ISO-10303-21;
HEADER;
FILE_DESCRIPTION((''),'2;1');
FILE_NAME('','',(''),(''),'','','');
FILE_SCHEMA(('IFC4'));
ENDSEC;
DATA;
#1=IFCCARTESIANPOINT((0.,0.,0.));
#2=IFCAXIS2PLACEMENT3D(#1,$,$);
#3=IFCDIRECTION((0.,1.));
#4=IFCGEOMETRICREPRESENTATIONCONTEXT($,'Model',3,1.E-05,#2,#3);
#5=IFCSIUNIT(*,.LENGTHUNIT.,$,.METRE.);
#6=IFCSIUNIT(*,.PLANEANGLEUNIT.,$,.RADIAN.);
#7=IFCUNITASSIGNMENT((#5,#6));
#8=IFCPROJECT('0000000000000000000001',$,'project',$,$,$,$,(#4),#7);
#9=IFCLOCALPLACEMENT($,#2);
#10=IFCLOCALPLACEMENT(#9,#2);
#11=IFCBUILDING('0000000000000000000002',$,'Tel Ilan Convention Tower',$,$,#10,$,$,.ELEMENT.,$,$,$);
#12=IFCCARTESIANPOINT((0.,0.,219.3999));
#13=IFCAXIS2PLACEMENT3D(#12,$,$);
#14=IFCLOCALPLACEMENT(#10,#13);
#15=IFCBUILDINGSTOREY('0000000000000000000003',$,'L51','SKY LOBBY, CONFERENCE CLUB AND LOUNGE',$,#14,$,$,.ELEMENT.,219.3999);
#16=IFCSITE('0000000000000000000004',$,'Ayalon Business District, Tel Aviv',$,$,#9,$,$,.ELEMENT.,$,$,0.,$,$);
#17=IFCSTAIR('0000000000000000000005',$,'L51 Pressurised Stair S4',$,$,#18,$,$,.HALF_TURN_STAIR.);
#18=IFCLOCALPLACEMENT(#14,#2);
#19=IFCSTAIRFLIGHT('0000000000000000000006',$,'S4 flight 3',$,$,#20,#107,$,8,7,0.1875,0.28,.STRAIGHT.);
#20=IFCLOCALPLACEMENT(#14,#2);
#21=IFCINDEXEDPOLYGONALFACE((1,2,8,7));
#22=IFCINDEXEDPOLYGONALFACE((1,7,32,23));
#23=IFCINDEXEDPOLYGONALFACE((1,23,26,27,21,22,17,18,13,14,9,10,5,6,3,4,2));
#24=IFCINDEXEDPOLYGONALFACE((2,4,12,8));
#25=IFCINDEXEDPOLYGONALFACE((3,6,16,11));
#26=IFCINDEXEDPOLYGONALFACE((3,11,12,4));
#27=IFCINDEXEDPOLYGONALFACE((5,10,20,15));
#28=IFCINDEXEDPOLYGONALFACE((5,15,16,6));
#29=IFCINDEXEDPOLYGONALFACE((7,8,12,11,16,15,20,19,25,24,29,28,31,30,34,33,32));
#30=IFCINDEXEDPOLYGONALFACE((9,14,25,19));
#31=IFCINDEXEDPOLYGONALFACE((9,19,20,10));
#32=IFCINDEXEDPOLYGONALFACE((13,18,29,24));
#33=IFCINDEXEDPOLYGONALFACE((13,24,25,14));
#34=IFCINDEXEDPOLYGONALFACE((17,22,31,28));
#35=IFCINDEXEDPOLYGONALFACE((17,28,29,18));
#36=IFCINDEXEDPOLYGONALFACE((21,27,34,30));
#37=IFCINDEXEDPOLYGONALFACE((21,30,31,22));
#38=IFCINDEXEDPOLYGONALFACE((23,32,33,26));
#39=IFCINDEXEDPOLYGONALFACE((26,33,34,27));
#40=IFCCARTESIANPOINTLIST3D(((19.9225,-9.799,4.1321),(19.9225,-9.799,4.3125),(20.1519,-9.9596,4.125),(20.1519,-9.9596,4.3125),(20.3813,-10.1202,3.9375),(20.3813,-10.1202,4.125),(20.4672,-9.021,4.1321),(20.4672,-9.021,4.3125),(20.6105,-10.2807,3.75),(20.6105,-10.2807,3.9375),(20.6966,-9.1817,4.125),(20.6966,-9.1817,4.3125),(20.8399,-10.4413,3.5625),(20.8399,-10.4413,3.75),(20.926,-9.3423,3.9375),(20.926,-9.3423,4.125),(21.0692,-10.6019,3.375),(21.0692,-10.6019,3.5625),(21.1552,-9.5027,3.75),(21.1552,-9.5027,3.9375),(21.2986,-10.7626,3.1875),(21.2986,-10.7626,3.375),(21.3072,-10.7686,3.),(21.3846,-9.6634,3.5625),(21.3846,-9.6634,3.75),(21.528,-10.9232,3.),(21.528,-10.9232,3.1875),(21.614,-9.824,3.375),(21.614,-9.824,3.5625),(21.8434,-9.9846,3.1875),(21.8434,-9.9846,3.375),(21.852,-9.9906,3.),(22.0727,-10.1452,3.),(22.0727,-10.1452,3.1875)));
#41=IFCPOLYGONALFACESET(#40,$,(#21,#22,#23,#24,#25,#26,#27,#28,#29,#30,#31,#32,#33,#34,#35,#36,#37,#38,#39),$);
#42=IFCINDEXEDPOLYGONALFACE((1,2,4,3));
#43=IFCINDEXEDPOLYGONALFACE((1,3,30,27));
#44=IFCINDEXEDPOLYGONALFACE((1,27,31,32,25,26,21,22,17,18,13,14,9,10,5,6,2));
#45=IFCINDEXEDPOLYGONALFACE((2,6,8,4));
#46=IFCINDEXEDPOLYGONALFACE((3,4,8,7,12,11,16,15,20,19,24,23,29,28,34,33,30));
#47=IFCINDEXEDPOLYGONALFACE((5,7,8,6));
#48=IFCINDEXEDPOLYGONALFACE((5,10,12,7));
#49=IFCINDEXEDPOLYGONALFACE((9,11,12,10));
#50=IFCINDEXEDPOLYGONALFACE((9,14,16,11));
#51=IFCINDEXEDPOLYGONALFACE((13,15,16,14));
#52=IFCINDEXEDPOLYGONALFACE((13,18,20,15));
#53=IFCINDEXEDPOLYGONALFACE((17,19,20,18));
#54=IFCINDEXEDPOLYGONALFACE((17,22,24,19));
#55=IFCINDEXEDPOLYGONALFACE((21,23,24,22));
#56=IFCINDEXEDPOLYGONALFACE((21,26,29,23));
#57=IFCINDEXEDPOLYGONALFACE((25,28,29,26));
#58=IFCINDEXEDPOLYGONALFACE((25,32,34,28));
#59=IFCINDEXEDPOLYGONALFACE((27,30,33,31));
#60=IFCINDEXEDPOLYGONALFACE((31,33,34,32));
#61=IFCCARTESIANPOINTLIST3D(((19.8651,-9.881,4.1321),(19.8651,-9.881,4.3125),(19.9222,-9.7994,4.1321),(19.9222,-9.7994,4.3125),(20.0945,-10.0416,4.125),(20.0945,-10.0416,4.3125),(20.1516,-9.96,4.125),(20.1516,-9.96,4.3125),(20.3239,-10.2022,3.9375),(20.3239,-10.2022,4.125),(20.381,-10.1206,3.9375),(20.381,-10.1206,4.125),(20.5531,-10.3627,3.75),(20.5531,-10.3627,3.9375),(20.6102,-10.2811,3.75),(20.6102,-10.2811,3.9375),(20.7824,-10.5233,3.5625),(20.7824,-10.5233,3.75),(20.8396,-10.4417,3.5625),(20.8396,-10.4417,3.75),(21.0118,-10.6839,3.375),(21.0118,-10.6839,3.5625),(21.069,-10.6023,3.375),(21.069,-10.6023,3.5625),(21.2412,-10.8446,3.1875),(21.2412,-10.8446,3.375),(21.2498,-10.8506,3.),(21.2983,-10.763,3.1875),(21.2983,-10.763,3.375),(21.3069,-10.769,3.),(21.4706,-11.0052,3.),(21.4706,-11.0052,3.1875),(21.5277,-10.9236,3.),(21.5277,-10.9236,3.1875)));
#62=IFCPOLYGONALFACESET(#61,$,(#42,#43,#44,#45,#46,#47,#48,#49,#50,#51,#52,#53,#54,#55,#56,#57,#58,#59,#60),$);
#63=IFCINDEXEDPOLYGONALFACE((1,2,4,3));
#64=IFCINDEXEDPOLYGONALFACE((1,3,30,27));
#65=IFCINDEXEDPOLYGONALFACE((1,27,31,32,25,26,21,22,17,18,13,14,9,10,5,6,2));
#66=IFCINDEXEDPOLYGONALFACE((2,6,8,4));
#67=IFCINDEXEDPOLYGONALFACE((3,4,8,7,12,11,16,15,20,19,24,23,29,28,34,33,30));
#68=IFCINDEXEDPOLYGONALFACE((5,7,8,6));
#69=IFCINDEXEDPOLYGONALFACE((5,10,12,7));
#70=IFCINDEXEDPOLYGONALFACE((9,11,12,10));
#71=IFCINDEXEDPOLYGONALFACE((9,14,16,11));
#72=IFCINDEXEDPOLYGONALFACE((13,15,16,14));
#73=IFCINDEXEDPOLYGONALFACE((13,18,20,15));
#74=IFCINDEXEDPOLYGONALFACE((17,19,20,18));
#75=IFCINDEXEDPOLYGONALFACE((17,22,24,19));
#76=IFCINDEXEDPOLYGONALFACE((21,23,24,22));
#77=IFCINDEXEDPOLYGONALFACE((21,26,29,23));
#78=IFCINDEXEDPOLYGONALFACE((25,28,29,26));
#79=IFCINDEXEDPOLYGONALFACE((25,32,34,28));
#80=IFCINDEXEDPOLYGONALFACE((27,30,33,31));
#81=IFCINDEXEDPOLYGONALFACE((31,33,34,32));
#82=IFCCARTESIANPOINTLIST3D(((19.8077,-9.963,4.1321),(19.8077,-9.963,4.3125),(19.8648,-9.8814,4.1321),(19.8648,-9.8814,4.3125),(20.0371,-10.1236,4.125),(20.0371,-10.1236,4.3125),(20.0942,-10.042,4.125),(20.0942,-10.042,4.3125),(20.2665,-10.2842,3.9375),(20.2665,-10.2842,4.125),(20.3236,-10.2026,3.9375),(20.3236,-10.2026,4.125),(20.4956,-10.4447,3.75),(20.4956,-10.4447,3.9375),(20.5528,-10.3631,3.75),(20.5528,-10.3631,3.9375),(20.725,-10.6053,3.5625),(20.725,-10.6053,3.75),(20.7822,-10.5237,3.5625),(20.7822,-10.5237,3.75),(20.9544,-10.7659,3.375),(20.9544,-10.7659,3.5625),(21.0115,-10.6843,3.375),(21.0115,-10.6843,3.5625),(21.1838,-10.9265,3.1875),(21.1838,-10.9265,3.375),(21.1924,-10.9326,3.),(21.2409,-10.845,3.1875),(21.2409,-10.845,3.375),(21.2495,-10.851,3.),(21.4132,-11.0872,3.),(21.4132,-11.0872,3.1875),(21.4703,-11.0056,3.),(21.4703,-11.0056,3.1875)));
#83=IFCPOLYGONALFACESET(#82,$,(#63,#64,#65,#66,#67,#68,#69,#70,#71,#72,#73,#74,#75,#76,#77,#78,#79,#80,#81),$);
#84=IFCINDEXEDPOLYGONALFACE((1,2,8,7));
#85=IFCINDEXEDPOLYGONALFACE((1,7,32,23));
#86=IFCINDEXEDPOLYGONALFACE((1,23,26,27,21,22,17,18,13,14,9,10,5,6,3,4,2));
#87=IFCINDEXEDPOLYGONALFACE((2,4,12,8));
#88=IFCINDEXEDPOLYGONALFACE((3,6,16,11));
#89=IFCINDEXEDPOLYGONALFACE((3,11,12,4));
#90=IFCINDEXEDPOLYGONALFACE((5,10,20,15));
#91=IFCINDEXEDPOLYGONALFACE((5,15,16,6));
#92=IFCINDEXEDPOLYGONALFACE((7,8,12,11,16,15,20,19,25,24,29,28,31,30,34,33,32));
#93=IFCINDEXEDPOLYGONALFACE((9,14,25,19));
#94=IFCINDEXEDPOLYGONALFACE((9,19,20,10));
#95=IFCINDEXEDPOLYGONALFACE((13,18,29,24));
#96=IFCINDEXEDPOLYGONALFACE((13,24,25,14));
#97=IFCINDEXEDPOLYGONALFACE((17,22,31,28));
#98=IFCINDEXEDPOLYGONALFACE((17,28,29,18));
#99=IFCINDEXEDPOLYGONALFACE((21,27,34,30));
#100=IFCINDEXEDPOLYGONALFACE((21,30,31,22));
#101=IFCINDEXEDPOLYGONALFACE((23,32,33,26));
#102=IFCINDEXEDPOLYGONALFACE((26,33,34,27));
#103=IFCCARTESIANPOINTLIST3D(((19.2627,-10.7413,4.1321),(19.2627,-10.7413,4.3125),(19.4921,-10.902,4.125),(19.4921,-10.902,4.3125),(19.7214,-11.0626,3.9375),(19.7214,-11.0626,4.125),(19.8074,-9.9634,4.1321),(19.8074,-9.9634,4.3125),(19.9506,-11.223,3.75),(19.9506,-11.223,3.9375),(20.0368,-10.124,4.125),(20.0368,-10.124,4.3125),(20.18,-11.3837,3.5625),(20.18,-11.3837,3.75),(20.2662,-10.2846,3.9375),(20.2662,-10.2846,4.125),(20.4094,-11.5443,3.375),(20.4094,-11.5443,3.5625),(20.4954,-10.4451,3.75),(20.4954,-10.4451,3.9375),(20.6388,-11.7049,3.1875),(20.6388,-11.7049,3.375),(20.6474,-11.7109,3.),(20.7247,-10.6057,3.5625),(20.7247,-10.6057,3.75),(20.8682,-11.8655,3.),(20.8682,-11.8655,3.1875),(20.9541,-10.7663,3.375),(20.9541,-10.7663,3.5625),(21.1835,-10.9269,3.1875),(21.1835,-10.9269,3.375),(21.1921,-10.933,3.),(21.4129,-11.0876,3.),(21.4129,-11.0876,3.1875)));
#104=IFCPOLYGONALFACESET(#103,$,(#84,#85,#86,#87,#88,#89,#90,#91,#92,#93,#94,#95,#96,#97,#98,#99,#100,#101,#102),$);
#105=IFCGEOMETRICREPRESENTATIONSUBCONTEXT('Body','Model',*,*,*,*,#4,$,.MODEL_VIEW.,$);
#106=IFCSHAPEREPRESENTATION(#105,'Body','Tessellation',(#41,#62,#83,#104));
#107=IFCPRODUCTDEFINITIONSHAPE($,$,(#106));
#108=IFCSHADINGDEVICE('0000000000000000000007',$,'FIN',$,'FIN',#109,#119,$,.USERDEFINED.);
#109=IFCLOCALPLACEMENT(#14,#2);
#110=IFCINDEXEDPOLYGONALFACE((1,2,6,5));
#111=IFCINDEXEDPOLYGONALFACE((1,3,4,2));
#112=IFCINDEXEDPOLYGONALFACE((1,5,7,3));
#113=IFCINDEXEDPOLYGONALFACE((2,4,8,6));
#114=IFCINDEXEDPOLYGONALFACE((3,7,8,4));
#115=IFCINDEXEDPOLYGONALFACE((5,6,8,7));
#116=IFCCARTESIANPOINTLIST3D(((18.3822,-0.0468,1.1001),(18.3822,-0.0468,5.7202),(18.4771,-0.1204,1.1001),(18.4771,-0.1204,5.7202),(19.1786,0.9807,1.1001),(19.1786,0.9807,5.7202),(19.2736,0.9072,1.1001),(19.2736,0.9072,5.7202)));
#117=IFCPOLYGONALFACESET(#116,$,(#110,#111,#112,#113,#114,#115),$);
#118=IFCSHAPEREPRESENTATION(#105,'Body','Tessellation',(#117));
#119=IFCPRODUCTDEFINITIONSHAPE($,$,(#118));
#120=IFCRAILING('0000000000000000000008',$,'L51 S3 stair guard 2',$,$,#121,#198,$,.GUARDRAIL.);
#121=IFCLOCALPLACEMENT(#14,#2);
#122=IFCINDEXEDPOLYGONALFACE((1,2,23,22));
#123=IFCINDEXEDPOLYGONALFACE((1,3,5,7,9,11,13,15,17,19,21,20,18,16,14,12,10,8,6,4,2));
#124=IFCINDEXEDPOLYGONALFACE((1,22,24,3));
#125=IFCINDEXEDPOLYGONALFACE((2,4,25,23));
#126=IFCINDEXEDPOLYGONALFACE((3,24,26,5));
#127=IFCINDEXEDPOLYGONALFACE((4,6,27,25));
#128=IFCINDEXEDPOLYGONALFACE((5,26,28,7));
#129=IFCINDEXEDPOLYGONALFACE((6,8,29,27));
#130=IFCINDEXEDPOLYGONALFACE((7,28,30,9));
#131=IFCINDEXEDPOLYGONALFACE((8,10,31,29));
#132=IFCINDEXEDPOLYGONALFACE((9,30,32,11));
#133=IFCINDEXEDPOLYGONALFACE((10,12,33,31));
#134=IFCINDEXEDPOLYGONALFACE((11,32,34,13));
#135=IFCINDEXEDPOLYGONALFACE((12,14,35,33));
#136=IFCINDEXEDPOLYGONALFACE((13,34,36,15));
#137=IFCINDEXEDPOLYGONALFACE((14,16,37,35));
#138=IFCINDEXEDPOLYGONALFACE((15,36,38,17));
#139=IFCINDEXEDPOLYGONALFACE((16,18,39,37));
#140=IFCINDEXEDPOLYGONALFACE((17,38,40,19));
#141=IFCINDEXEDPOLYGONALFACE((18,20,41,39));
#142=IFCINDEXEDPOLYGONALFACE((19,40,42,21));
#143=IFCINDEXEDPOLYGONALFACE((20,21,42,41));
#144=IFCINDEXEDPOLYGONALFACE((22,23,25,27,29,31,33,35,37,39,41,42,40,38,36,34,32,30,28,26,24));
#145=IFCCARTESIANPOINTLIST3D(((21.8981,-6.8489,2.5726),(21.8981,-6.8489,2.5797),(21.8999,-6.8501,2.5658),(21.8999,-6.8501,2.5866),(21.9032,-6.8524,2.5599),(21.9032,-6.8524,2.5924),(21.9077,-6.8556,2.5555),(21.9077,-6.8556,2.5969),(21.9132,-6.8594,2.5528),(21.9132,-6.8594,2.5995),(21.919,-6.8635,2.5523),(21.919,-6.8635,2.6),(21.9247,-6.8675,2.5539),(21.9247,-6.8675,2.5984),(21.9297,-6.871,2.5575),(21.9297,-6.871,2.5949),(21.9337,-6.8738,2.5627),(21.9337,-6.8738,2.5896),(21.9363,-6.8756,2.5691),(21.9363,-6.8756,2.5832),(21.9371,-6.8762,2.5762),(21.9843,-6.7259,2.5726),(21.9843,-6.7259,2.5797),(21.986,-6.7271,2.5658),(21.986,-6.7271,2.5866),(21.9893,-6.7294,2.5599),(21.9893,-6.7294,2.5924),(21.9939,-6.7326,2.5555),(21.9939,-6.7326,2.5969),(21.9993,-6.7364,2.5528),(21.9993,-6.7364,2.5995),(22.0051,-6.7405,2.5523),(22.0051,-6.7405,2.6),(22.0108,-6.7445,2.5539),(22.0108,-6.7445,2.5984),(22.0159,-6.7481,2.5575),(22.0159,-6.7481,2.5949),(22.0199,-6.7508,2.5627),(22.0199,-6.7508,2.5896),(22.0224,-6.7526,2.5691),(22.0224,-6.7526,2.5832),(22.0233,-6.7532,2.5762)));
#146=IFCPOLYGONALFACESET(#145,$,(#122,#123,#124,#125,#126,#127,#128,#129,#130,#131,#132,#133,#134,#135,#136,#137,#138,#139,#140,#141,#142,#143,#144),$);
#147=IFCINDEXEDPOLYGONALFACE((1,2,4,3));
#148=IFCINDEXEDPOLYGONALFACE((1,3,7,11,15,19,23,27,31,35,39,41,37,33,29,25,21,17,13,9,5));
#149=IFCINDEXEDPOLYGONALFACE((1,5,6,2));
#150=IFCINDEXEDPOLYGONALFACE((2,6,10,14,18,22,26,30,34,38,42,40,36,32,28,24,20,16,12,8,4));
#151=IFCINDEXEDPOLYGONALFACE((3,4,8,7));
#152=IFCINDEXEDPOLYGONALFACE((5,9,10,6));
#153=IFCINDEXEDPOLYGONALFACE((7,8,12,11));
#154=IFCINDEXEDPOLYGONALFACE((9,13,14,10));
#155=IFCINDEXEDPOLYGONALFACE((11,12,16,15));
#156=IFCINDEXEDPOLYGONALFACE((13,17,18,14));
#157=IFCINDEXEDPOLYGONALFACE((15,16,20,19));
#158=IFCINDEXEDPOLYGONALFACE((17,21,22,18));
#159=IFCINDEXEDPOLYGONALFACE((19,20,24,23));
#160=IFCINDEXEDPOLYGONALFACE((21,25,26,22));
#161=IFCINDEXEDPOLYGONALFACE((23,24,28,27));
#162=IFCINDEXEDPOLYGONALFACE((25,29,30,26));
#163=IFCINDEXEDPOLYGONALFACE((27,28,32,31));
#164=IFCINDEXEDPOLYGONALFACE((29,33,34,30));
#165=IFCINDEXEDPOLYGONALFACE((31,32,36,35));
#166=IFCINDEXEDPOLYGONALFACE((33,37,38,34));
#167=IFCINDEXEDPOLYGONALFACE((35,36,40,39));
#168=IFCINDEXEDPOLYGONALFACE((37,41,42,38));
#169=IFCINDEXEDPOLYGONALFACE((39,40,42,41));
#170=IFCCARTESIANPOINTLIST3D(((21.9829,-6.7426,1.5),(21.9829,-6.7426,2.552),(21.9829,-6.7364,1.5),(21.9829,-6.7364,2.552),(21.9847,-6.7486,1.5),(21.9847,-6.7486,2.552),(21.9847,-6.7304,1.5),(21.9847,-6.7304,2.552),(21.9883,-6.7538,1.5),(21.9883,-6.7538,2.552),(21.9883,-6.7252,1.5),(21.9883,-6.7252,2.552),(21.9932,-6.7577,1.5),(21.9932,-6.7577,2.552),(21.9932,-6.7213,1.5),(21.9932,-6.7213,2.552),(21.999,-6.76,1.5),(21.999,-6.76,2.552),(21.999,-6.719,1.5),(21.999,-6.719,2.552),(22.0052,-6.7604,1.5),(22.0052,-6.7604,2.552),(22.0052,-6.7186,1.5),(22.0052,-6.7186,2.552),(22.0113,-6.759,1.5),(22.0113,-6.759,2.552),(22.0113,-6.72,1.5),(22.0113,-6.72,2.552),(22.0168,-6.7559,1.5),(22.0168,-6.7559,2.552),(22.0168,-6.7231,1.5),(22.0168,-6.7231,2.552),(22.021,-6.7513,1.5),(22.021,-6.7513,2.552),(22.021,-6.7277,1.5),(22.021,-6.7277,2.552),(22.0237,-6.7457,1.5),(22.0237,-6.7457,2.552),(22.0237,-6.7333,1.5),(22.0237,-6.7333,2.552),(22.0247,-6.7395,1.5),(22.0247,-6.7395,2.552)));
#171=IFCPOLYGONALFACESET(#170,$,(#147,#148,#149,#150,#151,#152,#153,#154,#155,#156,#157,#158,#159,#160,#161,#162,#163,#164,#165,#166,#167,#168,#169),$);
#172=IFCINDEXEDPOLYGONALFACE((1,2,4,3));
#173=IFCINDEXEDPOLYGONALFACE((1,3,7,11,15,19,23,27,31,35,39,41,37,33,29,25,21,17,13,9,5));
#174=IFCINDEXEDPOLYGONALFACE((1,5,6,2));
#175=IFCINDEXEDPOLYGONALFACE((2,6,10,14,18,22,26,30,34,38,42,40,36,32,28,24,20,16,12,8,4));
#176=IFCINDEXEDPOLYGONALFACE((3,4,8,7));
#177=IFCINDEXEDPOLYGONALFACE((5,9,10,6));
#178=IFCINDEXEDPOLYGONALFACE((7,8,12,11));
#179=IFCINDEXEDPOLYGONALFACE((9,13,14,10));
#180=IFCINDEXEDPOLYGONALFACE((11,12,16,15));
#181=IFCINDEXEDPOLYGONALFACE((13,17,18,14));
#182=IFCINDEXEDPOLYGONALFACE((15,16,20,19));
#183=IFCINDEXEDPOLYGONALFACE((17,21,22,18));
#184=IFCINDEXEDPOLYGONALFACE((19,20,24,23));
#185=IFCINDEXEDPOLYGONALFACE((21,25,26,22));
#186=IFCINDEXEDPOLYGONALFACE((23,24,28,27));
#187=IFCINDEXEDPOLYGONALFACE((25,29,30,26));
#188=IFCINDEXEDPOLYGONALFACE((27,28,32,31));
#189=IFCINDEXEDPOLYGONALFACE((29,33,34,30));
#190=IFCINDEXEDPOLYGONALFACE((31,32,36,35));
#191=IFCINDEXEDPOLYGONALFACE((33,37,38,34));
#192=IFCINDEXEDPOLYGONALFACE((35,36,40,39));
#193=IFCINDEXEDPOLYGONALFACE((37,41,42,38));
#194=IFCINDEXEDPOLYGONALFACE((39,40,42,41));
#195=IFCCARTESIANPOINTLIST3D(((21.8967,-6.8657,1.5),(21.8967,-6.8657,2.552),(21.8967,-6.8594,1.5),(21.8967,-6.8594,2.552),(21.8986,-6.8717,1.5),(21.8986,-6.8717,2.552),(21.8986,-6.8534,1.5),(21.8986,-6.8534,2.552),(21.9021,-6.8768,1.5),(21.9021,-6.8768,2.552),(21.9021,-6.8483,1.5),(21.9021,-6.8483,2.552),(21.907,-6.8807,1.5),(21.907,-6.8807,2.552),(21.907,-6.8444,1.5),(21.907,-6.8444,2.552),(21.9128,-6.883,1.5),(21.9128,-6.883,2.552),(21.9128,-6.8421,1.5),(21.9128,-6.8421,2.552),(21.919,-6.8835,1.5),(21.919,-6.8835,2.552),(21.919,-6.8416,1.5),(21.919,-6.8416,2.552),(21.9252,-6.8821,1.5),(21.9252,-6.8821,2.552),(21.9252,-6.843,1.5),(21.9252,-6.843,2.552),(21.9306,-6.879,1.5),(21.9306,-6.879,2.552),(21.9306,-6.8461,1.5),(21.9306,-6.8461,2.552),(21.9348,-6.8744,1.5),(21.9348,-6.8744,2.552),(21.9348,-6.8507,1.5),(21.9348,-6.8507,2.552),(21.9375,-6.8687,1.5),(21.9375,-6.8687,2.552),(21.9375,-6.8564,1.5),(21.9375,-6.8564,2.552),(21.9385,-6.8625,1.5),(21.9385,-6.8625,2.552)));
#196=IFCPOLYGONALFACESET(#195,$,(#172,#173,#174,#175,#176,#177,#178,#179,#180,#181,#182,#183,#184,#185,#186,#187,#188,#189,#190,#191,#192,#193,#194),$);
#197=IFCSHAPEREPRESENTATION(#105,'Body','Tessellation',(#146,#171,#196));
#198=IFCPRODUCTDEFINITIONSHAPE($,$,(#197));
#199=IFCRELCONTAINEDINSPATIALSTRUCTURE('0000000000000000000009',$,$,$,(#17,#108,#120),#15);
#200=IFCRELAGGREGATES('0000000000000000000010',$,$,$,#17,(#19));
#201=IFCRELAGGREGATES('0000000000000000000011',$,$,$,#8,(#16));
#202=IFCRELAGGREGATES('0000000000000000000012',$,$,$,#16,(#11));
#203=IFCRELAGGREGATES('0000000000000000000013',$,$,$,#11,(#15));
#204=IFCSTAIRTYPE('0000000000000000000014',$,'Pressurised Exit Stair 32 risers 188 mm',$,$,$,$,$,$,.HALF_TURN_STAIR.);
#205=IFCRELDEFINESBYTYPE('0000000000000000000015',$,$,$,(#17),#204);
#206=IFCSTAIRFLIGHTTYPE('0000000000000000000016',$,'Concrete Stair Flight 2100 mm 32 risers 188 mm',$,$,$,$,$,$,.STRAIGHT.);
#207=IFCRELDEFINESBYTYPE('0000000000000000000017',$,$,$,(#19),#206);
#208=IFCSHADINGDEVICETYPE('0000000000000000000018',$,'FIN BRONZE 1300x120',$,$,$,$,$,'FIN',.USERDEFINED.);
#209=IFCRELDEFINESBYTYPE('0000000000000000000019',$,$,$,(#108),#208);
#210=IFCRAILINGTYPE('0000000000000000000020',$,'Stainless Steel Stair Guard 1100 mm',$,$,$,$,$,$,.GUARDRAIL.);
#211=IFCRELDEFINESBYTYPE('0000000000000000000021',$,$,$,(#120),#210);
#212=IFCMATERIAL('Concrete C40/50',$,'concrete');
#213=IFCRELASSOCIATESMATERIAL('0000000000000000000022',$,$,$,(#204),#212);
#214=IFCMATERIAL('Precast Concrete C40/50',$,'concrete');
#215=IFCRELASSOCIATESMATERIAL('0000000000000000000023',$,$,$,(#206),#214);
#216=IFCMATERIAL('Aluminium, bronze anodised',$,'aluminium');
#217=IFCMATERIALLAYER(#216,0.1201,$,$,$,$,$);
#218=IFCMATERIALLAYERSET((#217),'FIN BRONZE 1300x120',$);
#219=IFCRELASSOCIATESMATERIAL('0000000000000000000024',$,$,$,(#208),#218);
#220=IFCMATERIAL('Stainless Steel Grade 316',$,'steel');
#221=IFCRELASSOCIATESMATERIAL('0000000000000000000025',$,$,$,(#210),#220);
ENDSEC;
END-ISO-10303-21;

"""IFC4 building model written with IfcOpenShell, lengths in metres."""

from ifc_helpers import new_model, si_unit, direction, frame, origin, origin_2d, place, context, subcontext, project, spatial, polyline, rectangle, circle, outline, extrude, material, layer, layer_set, type_object, element, aggregate, save


model = new_model("IFC4")

# Units and contexts
model_context = context("Model", 3, precision=1e-05, world=origin(), true_north=direction((0.0, 1.0)))
body_context = subcontext(model_context, "Body", "Model", "MODEL_VIEW")
ifc_project = project(units=[si_unit("LENGTHUNIT", "METRE"), si_unit("PLANEANGLEUNIT", "RADIAN")], contexts=[model_context])

# Site, building, storey
site_placement = place(None, origin())
site = spatial("IfcSite", under=ifc_project, at=site_placement, Name="Ayalon Business District, Tel Aviv", CompositionType="ELEMENT", RefElevation=0.0)
building_placement = place(site_placement, origin())
building = spatial("IfcBuilding", under=site, at=building_placement, Name="Tel Ilan Convention Tower", CompositionType="ELEMENT")
storey_placement = place(building_placement, frame((0.0, 0.0, 219.3999)))
storey = spatial("IfcBuildingStorey", under=building, at=storey_placement, Name="L51", Description="SKY LOBBY, CONFERENCE CLUB AND LOUNGE", CompositionType="ELEMENT", Elevation=219.3999)

# Stair, stair flight
ifc_material_1 = material(Name="Concrete C40/50", Category="concrete")
stair_type = type_object("IfcStairType", Name="Pressurised Exit Stair 32 risers 188 mm", PredefinedType="HALF_TURN_STAIR", material=ifc_material_1)
ifc_material_2 = material(Name="Precast Concrete C40/50", Category="concrete")
stair_flight_type = type_object("IfcStairFlightType", Name="Concrete Stair Flight 2100 mm 32 risers 188 mm", PredefinedType="STRAIGHT", material=ifc_material_2)
stair_1_placement = place(storey_placement, origin())
stair_1 = element("IfcStair", 1, at=stair_1_placement, inside=storey, type_object=stair_type, Name="L51 Pressurised Stair S4", PredefinedType="HALF_TURN_STAIR")
stair_flight_1_placement = place(storey_placement, frame((21.4705, -11.0054, 3.0), z_axis=(0.0, 0.0, 1.0), x_axis=(-0.819152, 0.573576, 0.0)))
stair_flight_1 = element("IfcStairFlight", 2, at=stair_flight_1_placement, type_object=stair_flight_type, Name="S4 flight 3", NumberOfRisers=8, NumberOfTreads=7, PredefinedType="STRAIGHT", RiserHeight=0.1875, TreadLength=0.28, context=body_context, shape_type="SweptSolid", body=[
    extrude(outline(polyline([(0.0, 0.0), (0.0, 0.1875), (0.28, 0.1875), (0.28, 0.375), (0.5601, 0.375), (0.5601, 0.5625), (0.8401, 0.5625), (0.8401, 0.75), (1.1201, 0.75), (1.1201, 0.9375), (1.3999, 0.9375), (1.3999, 1.125), (1.6799, 1.125), (1.6799, 1.3125), (1.96, 1.3125), (1.96, 1.5), (1.96, 1.1321), (0.2695, 0.0), (0.0, 0.0)])), frame((0.0, -0.1003, 0.0), z_axis=(0.0, -1.0, 0.0), x_axis=(1.0, 0.0, 0.0)), (0.0, 0.0, 1.0), 0.9497),
    extrude(outline(polyline([(0.0, 0.0), (0.0, 0.1875), (0.28, 0.1875), (0.28, 0.375), (0.5601, 0.375), (0.5601, 0.5625), (0.8401, 0.5625), (0.8401, 0.75), (1.1201, 0.75), (1.1201, 0.9375), (1.3999, 0.9375), (1.3999, 1.125), (1.6799, 1.125), (1.6799, 1.3125), (1.96, 1.3125), (1.96, 1.5), (1.96, 1.1321), (0.2695, 0.0), (0.0, 0.0)])), frame((0.0, -0.0002, 0.0), z_axis=(0.0, -1.0, 0.0), x_axis=(1.0, 0.0, 0.0)), (0.0, 0.0, 1.0), 0.0996),
    extrude(outline(polyline([(0.0, 0.0), (0.0, 0.1875), (0.28, 0.1875), (0.28, 0.375), (0.5601, 0.375), (0.5601, 0.5625), (0.8401, 0.5625), (0.8401, 0.75), (1.1201, 0.75), (1.1201, 0.9375), (1.3999, 0.9375), (1.3999, 1.125), (1.6799, 1.125), (1.6799, 1.3125), (1.96, 1.3125), (1.96, 1.5), (1.96, 1.1321), (0.2695, 0.0), (0.0, 0.0)])), frame((0.0, 0.0999, 0.0), z_axis=(0.0, -1.0, 0.0), x_axis=(1.0, 0.0, 0.0)), (0.0, 0.0, 1.0), 0.0996),
    extrude(outline(polyline([(0.0, 0.0), (0.0, 0.1875), (0.28, 0.1875), (0.28, 0.375), (0.5601, 0.375), (0.5601, 0.5625), (0.8401, 0.5625), (0.8401, 0.75), (1.1201, 0.75), (1.1201, 0.9375), (1.3999, 0.9375), (1.3999, 1.125), (1.6799, 1.125), (1.6799, 1.3125), (1.96, 1.3125), (1.96, 1.5), (1.96, 1.1321), (0.2695, 0.0), (0.0, 0.0)])), frame((0.0, 1.05, 0.0), z_axis=(0.0, -1.0, 0.0), x_axis=(1.0, 0.0, 0.0)), (0.0, 0.0, 1.0), 0.9497),
])
aggregate(stair_1, [stair_flight_1])

# Shading device
ifc_material_3 = material(Name="Aluminium, bronze anodised", Category="aluminium")
ifc_layer_1 = layer(ifc_material_3, 0.1201)
ifc_layer_set_1 = layer_set([ifc_layer_1], Name="FIN BRONZE 1300x120")
shading_device_type = type_object("IfcShadingDeviceType", Name="FIN BRONZE 1300x120", ElementType="FIN", PredefinedType="USERDEFINED", material=ifc_layer_set_1)
shading_device_placement = place(storey_placement, frame((18.8279, 0.4302, 1.1001), z_axis=(0.0, 0.0, 1.0), x_axis=(0.612601, 0.790393, 0.0)))
element("IfcShadingDevice", 3, at=shading_device_placement, inside=storey, type_object=shading_device_type, Name="FIN", ObjectType="FIN", PredefinedType="USERDEFINED", context=body_context, shape_type="SweptSolid", body=[
    extrude(rectangle(XDim=1.3, YDim=0.1201, at=origin_2d()), origin(), (0.0, 0.0, 1.0), 4.6201),
])

# Railing
ifc_material_4 = material(Name="Stainless Steel Grade 316", Category="steel")
railing_type_1 = type_object("IfcRailingType", Name="Stainless Steel Stair Guard 1100 mm", PredefinedType="GUARDRAIL", material=ifc_material_4)
railing_1_placement = place(storey_placement, frame((22.0037, -6.7395, 1.5)))
element("IfcRailing", 4, at=railing_1_placement, inside=storey, type_object=railing_type_1, Name="L51 S3 stair guard 2", PredefinedType="GUARDRAIL", context=body_context, shape_type="SweptSolid", body=[
    extrude(circle(Radius=0.0239, at=origin_2d()), frame((0.0, 0.0, 1.0762), z_axis=(-0.57368, -0.819079, 0.0), x_axis=(0.819079, -0.57368, 0.0)), (0.0, 0.0, 1.0), 0.1501),
    extrude(circle(Radius=0.021, at=origin_2d()), origin(), (0.0, 0.0, 1.0), 1.052),
    extrude(circle(Radius=0.021, at=origin_2d()), frame((-0.0862, -0.123, 0.0)), (0.0, 0.0, 1.0), 1.052),
])

save(model, "model.ifc")
